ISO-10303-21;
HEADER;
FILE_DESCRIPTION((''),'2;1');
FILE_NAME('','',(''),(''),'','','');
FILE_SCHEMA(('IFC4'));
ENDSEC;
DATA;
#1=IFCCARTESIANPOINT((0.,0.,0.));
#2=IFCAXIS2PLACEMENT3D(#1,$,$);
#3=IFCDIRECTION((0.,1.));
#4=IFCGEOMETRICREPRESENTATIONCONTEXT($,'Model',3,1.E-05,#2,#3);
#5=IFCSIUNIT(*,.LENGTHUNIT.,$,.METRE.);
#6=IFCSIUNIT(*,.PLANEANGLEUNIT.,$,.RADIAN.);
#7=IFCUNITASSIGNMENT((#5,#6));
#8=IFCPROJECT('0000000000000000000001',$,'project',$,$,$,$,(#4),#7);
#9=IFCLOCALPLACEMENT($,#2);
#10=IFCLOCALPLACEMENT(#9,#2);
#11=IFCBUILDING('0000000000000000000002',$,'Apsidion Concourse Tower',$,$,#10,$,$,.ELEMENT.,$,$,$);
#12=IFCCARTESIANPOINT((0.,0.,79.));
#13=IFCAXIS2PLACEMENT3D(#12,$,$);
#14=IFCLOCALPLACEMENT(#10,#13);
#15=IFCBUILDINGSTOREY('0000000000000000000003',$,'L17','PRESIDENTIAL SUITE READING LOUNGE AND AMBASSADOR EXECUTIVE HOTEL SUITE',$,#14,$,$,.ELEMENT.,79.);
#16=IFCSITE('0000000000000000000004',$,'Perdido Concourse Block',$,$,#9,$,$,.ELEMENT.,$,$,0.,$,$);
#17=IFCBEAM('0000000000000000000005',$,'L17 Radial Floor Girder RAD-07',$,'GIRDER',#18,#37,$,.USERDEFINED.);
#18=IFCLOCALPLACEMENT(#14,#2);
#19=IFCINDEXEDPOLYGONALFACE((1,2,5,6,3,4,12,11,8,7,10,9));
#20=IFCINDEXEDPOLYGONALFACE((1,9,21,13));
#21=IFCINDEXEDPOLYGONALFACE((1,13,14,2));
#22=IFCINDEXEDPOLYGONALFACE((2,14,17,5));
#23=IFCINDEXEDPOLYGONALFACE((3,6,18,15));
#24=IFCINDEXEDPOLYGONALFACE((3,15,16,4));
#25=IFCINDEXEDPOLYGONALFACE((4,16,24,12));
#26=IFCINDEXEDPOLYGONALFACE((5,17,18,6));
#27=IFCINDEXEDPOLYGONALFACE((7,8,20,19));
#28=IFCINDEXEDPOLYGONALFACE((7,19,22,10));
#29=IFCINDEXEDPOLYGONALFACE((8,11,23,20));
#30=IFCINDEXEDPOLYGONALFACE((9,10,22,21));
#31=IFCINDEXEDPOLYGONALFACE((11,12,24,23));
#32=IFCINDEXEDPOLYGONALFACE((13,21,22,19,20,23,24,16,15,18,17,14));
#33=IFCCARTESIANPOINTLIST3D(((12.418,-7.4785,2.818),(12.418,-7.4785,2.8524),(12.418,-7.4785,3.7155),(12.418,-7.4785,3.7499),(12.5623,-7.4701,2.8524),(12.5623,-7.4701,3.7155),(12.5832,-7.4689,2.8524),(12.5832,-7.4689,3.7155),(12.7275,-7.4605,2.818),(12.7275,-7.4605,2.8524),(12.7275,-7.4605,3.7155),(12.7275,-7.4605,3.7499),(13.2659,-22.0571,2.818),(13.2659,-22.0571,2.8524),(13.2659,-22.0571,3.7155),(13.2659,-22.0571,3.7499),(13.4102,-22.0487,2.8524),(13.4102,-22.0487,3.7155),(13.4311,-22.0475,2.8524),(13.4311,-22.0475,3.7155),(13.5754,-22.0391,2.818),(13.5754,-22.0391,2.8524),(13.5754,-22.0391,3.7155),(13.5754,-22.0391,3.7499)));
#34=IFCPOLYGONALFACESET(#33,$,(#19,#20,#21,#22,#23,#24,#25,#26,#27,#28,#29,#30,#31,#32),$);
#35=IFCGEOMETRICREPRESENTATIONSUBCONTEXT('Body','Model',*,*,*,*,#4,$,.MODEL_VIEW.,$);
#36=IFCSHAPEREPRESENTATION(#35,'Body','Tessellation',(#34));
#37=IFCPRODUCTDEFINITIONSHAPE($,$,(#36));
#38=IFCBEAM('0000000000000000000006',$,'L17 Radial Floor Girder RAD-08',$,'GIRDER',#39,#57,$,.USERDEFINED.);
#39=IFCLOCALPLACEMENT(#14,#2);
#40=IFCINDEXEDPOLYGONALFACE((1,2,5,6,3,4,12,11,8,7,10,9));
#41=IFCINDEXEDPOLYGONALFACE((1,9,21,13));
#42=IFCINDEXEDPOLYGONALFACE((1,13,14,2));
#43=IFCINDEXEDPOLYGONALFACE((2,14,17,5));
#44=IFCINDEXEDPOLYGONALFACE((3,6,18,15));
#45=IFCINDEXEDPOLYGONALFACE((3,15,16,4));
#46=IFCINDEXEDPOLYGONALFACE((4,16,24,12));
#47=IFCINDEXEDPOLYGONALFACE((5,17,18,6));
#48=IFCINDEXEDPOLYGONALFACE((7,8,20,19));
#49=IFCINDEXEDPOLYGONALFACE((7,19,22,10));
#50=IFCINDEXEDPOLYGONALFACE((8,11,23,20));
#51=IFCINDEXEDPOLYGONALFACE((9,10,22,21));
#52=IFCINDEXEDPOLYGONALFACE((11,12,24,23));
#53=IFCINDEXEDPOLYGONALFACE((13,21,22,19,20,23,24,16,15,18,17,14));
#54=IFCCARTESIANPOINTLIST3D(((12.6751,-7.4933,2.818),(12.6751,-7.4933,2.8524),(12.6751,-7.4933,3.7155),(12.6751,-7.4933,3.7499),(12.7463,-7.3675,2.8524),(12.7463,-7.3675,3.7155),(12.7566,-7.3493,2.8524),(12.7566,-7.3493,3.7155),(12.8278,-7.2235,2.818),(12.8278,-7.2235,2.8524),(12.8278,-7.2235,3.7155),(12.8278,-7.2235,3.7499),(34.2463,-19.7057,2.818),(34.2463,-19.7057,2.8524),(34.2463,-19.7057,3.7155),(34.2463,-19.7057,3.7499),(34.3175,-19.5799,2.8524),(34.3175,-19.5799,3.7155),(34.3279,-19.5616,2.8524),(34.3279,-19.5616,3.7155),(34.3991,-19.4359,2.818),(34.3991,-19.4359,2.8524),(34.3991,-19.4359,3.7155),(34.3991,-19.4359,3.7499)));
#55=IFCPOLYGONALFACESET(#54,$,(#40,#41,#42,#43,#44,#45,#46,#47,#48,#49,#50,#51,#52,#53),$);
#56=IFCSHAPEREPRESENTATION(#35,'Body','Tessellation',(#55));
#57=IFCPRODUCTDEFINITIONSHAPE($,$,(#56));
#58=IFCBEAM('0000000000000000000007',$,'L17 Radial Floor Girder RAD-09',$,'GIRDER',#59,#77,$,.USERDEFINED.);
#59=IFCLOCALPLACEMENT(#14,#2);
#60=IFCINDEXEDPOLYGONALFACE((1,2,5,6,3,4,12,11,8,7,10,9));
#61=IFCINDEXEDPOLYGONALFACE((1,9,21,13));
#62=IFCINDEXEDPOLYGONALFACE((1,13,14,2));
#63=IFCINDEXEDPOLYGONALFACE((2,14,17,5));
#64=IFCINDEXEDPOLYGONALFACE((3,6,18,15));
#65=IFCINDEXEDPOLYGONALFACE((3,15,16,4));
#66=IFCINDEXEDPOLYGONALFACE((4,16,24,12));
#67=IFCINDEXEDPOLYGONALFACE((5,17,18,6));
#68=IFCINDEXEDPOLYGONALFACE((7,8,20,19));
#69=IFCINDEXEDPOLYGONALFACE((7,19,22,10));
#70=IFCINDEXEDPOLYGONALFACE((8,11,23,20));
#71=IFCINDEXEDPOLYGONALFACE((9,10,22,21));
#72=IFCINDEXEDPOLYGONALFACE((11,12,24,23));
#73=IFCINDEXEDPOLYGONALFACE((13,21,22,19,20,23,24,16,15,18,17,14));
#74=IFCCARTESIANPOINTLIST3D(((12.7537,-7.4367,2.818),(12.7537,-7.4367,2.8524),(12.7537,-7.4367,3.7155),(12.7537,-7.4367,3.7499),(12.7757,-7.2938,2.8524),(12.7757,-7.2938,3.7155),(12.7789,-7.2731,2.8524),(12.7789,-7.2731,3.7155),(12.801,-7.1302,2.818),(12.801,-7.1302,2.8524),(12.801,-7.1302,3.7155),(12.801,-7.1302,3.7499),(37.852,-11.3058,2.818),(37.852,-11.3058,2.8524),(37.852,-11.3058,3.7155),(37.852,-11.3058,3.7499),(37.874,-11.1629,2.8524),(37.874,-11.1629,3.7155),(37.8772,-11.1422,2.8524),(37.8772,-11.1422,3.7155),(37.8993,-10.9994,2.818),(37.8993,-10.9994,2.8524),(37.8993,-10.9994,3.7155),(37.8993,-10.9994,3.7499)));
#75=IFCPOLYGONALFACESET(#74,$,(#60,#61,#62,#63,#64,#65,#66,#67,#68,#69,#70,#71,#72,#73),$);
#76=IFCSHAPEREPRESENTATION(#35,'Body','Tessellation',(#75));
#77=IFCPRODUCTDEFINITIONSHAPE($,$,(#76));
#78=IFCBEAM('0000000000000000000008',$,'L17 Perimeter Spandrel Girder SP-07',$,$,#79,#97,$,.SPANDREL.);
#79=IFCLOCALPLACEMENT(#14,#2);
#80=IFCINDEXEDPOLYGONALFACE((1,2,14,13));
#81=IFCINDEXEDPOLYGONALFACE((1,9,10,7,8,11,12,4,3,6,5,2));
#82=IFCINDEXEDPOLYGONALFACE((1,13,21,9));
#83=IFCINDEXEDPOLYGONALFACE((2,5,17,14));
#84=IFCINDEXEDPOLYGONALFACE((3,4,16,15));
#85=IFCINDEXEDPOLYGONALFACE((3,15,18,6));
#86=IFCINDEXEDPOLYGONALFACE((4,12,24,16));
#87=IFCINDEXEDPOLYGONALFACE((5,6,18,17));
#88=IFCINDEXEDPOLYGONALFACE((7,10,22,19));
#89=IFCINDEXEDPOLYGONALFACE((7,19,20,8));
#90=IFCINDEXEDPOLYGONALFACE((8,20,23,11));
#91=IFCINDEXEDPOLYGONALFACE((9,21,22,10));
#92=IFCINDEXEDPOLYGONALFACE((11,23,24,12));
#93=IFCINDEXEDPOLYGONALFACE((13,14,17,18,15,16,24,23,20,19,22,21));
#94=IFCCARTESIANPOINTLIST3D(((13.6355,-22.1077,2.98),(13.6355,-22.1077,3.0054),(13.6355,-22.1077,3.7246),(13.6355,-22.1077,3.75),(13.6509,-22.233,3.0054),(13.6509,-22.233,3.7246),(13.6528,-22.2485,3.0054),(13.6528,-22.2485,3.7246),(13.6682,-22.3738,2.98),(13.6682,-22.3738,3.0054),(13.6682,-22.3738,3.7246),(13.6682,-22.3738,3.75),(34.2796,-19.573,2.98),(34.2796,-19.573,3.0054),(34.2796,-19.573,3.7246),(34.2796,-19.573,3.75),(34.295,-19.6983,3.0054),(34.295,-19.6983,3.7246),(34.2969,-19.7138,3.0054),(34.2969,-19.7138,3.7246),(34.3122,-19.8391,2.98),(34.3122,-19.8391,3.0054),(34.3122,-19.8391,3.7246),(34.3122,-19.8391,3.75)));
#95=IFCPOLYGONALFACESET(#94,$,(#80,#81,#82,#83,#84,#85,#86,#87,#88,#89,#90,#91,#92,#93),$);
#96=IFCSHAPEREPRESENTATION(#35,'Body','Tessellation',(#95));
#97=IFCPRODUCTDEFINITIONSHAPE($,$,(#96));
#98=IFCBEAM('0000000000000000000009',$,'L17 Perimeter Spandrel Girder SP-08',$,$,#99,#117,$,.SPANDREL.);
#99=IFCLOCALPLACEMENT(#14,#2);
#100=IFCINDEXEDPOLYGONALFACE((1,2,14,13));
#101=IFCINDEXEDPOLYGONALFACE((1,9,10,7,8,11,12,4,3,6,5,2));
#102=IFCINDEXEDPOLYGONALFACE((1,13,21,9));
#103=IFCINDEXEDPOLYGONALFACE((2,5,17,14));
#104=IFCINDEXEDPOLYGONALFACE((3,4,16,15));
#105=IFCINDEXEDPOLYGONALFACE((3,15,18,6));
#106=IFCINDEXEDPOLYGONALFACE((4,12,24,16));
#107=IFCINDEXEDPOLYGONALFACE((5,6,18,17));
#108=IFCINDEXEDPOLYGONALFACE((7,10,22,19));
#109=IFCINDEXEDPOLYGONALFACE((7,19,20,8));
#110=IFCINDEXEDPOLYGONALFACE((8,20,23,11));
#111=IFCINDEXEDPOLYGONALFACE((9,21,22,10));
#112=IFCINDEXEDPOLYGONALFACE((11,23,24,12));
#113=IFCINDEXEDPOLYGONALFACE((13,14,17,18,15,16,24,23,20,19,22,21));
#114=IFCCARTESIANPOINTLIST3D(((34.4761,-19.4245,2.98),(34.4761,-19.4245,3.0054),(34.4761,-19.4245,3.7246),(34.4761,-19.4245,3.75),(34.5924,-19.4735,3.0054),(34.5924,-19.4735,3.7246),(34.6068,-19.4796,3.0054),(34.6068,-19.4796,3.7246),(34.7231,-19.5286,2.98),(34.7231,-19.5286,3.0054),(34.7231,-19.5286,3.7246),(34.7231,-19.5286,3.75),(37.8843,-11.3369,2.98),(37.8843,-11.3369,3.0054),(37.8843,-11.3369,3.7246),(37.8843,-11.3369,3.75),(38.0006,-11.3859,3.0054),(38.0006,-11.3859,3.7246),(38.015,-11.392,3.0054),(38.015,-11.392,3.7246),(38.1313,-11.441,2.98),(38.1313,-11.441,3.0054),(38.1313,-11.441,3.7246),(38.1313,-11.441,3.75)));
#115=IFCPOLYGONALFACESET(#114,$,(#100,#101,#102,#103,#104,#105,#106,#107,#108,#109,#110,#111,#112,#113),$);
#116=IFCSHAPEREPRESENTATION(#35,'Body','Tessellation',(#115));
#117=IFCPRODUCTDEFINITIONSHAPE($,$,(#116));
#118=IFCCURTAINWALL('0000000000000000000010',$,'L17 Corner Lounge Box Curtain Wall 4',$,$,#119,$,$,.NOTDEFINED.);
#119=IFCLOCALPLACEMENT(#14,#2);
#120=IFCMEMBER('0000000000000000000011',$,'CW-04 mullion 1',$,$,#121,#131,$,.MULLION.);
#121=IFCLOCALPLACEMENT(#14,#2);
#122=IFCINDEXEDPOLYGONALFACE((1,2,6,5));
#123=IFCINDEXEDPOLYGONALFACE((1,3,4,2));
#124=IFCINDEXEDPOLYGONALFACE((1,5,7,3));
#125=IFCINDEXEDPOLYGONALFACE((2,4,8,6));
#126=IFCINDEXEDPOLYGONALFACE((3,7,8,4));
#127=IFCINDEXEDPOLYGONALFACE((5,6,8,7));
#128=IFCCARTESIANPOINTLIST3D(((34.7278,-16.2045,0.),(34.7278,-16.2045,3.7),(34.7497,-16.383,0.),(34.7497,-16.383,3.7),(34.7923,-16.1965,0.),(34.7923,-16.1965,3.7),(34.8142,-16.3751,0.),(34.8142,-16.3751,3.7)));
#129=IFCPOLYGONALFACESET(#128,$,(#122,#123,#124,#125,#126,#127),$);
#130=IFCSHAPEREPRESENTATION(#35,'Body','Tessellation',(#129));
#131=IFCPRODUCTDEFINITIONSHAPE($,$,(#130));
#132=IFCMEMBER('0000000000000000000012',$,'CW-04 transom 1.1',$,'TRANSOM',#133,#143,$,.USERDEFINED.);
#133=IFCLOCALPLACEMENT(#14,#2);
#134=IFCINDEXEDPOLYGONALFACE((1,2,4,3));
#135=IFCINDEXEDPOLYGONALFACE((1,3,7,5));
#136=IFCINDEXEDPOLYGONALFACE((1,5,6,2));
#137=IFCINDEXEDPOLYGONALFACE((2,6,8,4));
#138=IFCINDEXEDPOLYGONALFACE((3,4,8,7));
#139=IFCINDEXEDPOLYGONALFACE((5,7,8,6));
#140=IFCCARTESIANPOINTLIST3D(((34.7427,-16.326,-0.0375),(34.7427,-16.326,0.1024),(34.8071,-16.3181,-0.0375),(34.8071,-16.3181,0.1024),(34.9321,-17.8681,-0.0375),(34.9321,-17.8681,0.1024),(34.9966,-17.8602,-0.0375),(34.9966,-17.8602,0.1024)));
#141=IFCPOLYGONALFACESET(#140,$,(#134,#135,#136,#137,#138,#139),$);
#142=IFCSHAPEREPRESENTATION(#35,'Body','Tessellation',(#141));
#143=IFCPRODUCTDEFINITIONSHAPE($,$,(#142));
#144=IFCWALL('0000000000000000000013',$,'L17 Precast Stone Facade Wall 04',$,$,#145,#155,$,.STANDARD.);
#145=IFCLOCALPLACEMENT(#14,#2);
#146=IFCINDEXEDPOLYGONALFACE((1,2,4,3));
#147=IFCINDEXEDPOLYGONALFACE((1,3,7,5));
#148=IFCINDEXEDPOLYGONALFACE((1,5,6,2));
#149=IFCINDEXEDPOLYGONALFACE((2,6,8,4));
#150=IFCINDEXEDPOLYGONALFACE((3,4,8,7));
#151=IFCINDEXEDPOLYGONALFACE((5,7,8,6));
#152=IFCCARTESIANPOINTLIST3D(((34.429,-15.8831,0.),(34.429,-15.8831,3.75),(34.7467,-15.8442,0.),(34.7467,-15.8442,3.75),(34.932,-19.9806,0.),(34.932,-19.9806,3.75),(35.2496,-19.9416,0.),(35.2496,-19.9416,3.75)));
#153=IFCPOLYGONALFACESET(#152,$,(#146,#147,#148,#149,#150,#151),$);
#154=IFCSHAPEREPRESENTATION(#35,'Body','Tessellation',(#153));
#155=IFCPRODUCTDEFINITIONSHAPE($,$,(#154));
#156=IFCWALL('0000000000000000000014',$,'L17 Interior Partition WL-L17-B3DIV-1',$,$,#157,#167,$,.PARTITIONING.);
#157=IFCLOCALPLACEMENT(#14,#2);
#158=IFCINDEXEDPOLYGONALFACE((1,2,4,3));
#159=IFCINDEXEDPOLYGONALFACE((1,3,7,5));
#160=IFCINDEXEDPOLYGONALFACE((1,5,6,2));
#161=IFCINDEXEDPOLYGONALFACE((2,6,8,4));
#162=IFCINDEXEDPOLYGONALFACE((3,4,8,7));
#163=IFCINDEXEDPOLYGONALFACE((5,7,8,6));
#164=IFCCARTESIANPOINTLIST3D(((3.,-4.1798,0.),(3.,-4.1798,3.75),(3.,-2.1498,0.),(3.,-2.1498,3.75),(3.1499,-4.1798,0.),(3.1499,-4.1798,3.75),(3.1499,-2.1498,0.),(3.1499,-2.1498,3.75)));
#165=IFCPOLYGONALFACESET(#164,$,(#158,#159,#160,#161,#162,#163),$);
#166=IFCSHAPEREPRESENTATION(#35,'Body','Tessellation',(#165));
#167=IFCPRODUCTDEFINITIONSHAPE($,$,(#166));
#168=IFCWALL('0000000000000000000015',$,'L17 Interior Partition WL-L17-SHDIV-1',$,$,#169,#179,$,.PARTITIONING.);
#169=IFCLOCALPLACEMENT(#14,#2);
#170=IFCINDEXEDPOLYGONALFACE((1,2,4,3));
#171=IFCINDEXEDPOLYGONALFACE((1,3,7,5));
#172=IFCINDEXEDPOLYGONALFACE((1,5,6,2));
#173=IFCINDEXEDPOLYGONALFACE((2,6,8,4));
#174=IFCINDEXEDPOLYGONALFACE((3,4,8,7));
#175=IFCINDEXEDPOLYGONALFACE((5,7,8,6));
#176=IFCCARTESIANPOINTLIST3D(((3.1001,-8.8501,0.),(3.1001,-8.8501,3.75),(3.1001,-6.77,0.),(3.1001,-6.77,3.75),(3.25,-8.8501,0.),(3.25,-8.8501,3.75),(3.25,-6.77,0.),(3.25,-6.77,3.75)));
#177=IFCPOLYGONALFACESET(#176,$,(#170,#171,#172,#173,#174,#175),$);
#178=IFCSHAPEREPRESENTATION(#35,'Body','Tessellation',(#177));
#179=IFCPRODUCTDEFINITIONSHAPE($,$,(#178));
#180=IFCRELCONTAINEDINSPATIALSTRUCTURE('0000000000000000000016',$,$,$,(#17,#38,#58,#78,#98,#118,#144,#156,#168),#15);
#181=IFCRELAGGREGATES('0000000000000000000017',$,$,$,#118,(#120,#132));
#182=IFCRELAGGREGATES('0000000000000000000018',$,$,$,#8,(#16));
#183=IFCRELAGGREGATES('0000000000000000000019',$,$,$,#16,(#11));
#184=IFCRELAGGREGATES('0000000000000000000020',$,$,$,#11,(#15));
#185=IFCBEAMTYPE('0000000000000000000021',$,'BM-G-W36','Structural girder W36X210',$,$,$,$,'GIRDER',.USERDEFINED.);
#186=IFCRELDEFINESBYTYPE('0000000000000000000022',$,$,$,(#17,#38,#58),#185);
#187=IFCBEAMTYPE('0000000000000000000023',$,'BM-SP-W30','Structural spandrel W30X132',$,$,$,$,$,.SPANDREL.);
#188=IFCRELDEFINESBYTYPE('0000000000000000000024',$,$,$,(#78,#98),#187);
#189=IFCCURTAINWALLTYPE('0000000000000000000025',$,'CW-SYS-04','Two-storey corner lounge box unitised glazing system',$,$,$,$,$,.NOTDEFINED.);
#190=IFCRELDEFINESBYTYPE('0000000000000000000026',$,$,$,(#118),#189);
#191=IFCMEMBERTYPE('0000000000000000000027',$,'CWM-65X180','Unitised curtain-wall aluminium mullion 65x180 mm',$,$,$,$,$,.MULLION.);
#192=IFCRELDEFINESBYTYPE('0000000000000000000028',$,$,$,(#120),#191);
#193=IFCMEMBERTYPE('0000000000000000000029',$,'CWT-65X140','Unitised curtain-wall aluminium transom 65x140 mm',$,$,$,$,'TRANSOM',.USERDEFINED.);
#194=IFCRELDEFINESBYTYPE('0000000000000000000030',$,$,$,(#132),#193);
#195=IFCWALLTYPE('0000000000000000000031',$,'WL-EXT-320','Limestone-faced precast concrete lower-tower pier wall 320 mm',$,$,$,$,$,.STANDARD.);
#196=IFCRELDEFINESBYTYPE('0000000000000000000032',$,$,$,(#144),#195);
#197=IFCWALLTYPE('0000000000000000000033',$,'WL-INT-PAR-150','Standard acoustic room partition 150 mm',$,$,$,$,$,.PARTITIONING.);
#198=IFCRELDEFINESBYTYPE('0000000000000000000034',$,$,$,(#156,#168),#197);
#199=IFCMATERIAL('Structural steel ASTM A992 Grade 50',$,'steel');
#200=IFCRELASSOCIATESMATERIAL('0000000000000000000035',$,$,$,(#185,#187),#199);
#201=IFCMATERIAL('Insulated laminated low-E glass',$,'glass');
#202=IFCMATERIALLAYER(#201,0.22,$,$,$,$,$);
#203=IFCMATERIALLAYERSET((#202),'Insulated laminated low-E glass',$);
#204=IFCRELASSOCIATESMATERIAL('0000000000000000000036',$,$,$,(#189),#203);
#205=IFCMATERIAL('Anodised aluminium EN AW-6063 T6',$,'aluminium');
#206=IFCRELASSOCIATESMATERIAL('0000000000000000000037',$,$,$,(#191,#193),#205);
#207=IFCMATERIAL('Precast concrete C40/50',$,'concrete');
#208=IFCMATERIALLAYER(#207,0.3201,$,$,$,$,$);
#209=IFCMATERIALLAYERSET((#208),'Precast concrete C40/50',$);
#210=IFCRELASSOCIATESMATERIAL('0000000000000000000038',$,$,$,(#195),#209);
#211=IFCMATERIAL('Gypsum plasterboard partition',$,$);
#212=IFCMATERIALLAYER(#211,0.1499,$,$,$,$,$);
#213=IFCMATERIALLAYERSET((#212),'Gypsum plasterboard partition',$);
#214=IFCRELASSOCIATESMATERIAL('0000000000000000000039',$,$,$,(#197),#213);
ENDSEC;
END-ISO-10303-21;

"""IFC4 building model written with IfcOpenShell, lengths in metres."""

from ifc_helpers import new_model, si_unit, direction, frame, frame_2d, origin, origin_2d, place, context, subcontext, project, spatial, rectangle, i_section, extrude, material, layer, layer_set, material_profile, profile_set, type_object, element, aggregate, save


model = new_model("IFC4")

# Units and contexts
model_context = context("Model", 3, precision=1e-05, world=origin(), true_north=direction((0.0, 1.0)))
body_context = subcontext(model_context, "Body", "Model", "MODEL_VIEW")
ifc_project = project(units=[si_unit("LENGTHUNIT", "METRE"), si_unit("PLANEANGLEUNIT", "RADIAN")], contexts=[model_context])

# Site, building, storey
site_placement = place(None, origin())
site = spatial("IfcSite", under=ifc_project, at=site_placement, Name="Perdido Concourse Block", CompositionType="ELEMENT", RefElevation=0.0)
building_placement = place(site_placement, origin())
building = spatial("IfcBuilding", under=site, at=building_placement, Name="Apsidion Concourse Tower", CompositionType="ELEMENT")
storey_placement = place(building_placement, frame((0.0, 0.0, 79.0)))
storey = spatial("IfcBuildingStorey", under=building, at=storey_placement, Name="L17", Description="PRESIDENTIAL SUITE READING LOUNGE AND AMBASSADOR EXECUTIVE HOTEL SUITE", CompositionType="ELEMENT", Elevation=79.0)

# Beams
ifc_material_1 = material(Name="Structural steel ASTM A992 Grade 50", Category="steel")
ifc_material_profile_1 = material_profile(ifc_material_1, i_section(OverallWidth=0.3101, OverallDepth=0.9319, WebThickness=0.021, FlangeThickness=0.0344, at=origin_2d()), Name="W36X210")
ifc_profile_set_1 = profile_set([ifc_material_profile_1], Name="Structural steel ASTM A992 Grade 50")
beam_type_1 = type_object("IfcBeamType", Name="BM-G-W36", Description="Structural girder W36X210", ElementType="GIRDER", PredefinedType="USERDEFINED", material=ifc_profile_set_1)
beam_1_placement = place(storey_placement, frame((12.5728, -7.4695, 3.2839), z_axis=(0.058062, -0.998313, 0.0), x_axis=(0.998313, 0.058062, 0.0)))
element("IfcBeam", 1, at=beam_1_placement, inside=storey, type_object=beam_type_1, Name="L17 Radial Floor Girder RAD-07", ObjectType="GIRDER", PredefinedType="USERDEFINED", context=body_context, shape_type="SweptSolid", body=[
    extrude(i_section(OverallWidth=0.3101, OverallDepth=0.9319, WebThickness=0.021, FlangeThickness=0.0344, at=origin_2d()), origin(), (0.0, 0.0, 1.0), 14.6033),
])
beam_2_placement = place(storey_placement, frame((12.7515, -7.3584, 3.2839), z_axis=(0.870218, -0.492667, 0.0), x_axis=(0.492667, 0.870218, 0.0)))
element("IfcBeam", 2, at=beam_2_placement, inside=storey, type_object=beam_type_1, Name="L17 Radial Floor Girder RAD-08", ObjectType="GIRDER", PredefinedType="USERDEFINED", context=body_context, shape_type="SweptSolid", body=[
    extrude(i_section(OverallWidth=0.3101, OverallDepth=0.9319, WebThickness=0.021, FlangeThickness=0.0344, at=origin_2d()), origin(), (0.0, 0.0, 1.0), 24.7883),
])
beam_3_placement = place(storey_placement, frame((12.7773, -7.2834, 3.2839), z_axis=(0.988325, -0.152359, 0.0), x_axis=(0.152359, 0.988325, 0.0)))
element("IfcBeam", 3, at=beam_3_placement, inside=storey, type_object=beam_type_1, Name="L17 Radial Floor Girder RAD-09", ObjectType="GIRDER", PredefinedType="USERDEFINED", context=body_context, shape_type="SweptSolid", body=[
    extrude(i_section(OverallWidth=0.3101, OverallDepth=0.9319, WebThickness=0.021, FlangeThickness=0.0344, at=origin_2d()), origin(), (0.0, 0.0, 1.0), 25.3948),
])
ifc_material_profile_2 = material_profile(ifc_material_1, i_section(OverallWidth=0.2681, OverallDepth=0.77, WebThickness=0.0156, FlangeThickness=0.0254, at=origin_2d()), Name="W30X132")
ifc_profile_set_2 = profile_set([ifc_material_profile_2], Name="Structural steel ASTM A992 Grade 50")
beam_type_2 = type_object("IfcBeamType", Name="BM-SP-W30", Description="Structural spandrel W30X132", PredefinedType="SPANDREL", material=ifc_profile_set_2)
beam_4_placement = place(storey_placement, frame((13.6519, -22.2407, 3.365), z_axis=(0.992547, 0.121865, 0.0), x_axis=(-0.121865, 0.992547, 0.0)))
element("IfcBeam", 4, at=beam_4_placement, inside=storey, type_object=beam_type_2, Name="L17 Perimeter Spandrel Girder SP-07", PredefinedType="SPANDREL", context=body_context, shape_type="SweptSolid", body=[
    extrude(i_section(OverallWidth=0.2681, OverallDepth=0.77, WebThickness=0.0156, FlangeThickness=0.0254, at=origin_2d()), origin(), (0.0, 0.0, 1.0), 20.7991),
])
beam_5_placement = place(storey_placement, frame((34.5996, -19.4766, 3.365), z_axis=(0.388336, 0.921518, 0.0), x_axis=(-0.921518, 0.388336, 0.0)))
element("IfcBeam", 5, at=beam_5_placement, inside=storey, type_object=beam_type_2, Name="L17 Perimeter Spandrel Girder SP-08", PredefinedType="SPANDREL", context=body_context, shape_type="SweptSolid", body=[
    extrude(i_section(OverallWidth=0.2681, OverallDepth=0.77, WebThickness=0.0156, FlangeThickness=0.0254, at=origin_2d()), origin(), (0.0, 0.0, 1.0), 8.7764),
])

# Curtain wall, members
ifc_material_2 = material(Name="Insulated laminated low-E glass", Category="glass")
ifc_layer_1 = layer(ifc_material_2, 0.22)
ifc_layer_set_1 = layer_set([ifc_layer_1], Name="Insulated laminated low-E glass")
curtain_wall_type = type_object("IfcCurtainWallType", Name="CW-SYS-04", Description="Two-storey corner lounge box unitised glazing system", PredefinedType="NOTDEFINED", material=ifc_layer_set_1)
curtain_wall_placement = place(storey_placement, origin())
curtain_wall = element("IfcCurtainWall", 6, at=curtain_wall_placement, inside=storey, type_object=curtain_wall_type, Name="L17 Corner Lounge Box Curtain Wall 4", PredefinedType="NOTDEFINED")
ifc_material_3 = material(Name="Anodised aluminium EN AW-6063 T6", Category="aluminium")
ifc_material_profile_3 = material_profile(ifc_material_3, rectangle(XDim=0.0649, YDim=0.1799, at=origin_2d()), Name="ALU MULLION 65x180")
ifc_profile_set_3 = profile_set([ifc_material_profile_3], Name="Anodised aluminium EN AW-6063 T6")
member_type_1 = type_object("IfcMemberType", Name="CWM-65X180", Description="Unitised curtain-wall aluminium mullion 65x180 mm", PredefinedType="MULLION", material=ifc_profile_set_3)
member_1_placement = place(storey_placement, frame((34.771, -16.2898, 0.0), z_axis=(0.0, 0.0, 1.0), x_axis=(0.992545, 0.121877, 0.0)))
member_1 = element("IfcMember", 7, at=member_1_placement, type_object=member_type_1, Name="CW-04 mullion 1", PredefinedType="MULLION", context=body_context, shape_type="SweptSolid", body=[
    extrude(rectangle(XDim=0.0649, YDim=0.1799, at=origin_2d()), origin(), (0.0, 0.0, 1.0), 3.7),
])
ifc_material_profile_4 = material_profile(ifc_material_3, rectangle(XDim=0.0649, YDim=0.1399, at=origin_2d()), Name="ALU TRANSOM 65x140")
ifc_profile_set_4 = profile_set([ifc_material_profile_4], Name="Anodised aluminium EN AW-6063 T6")
member_type_2 = type_object("IfcMemberType", Name="CWT-65X140", Description="Unitised curtain-wall aluminium transom 65x140 mm", ElementType="TRANSOM", PredefinedType="USERDEFINED", material=ifc_profile_set_4)
member_2_placement = place(storey_placement, frame((34.7749, -16.322, 0.0325), z_axis=(0.121927, -0.992539, 0.0), x_axis=(0.992539, 0.121927, 0.0)))
member_2 = element("IfcMember", 8, at=member_2_placement, type_object=member_type_2, Name="CW-04 transom 1.1", ObjectType="TRANSOM", PredefinedType="USERDEFINED", context=body_context, shape_type="SweptSolid", body=[
    extrude(rectangle(XDim=0.0649, YDim=0.1399, at=origin_2d()), origin(), (0.0, 0.0, 1.0), 1.5537),
])
aggregate(curtain_wall, [member_1, member_2])

# Walls
ifc_material_4 = material(Name="Precast concrete C40/50", Category="concrete")
ifc_layer_2 = layer(ifc_material_4, 0.3201)
ifc_layer_set_2 = layer_set([ifc_layer_2], Name="Precast concrete C40/50")
wall_type_1 = type_object("IfcWallType", Name="WL-EXT-320", Description="Limestone-faced precast concrete lower-tower pier wall 320 mm", PredefinedType="STANDARD", material=ifc_layer_set_2)
wall_1_placement = place(storey_placement, frame((34.5879, -15.8638, 0.0), z_axis=(0.0, 0.0, 1.0), x_axis=(0.121829, -0.992551, 0.0)))
element("IfcWall", 9, at=wall_1_placement, inside=storey, type_object=wall_type_1, Name="L17 Precast Stone Facade Wall 04", PredefinedType="STANDARD", context=body_context, shape_type="SweptSolid", body=[
    extrude(rectangle(XDim=4.1282, YDim=0.3201, at=frame_2d((2.064, 0.0))), origin(), (0.0, 0.0, 1.0), 3.75),
])
ifc_material_5 = material(Name="Gypsum plasterboard partition")
ifc_layer_3 = layer(ifc_material_5, 0.1499)
ifc_layer_set_3 = layer_set([ifc_layer_3], Name="Gypsum plasterboard partition")
wall_type_2 = type_object("IfcWallType", Name="WL-INT-PAR-150", Description="Standard acoustic room partition 150 mm", PredefinedType="PARTITIONING", material=ifc_layer_set_3)
wall_2_placement = place(storey_placement, frame((3.075, -4.1799, 0.0), z_axis=(0.0, 0.0, 1.0), x_axis=(0.0, 1.0, 0.0)))
element("IfcWall", 10, at=wall_2_placement, inside=storey, type_object=wall_type_2, Name="L17 Interior Partition WL-L17-B3DIV-1", PredefinedType="PARTITIONING", context=body_context, shape_type="SweptSolid", body=[
    extrude(rectangle(XDim=2.03, YDim=0.1499, at=frame_2d((1.0151, 0.0))), origin(), (0.0, 0.0, 1.0), 3.75),
])
wall_3_placement = place(storey_placement, frame((3.175, -8.8501, 0.0), z_axis=(0.0, 0.0, 1.0), x_axis=(0.0, 1.0, 0.0)))
element("IfcWall", 11, at=wall_3_placement, inside=storey, type_object=wall_type_2, Name="L17 Interior Partition WL-L17-SHDIV-1", PredefinedType="PARTITIONING", context=body_context, shape_type="SweptSolid", body=[
    extrude(rectangle(XDim=2.0801, YDim=0.1499, at=frame_2d((1.04, 0.0))), origin(), (0.0, 0.0, 1.0), 3.75),
])

save(model, "model.ifc")
